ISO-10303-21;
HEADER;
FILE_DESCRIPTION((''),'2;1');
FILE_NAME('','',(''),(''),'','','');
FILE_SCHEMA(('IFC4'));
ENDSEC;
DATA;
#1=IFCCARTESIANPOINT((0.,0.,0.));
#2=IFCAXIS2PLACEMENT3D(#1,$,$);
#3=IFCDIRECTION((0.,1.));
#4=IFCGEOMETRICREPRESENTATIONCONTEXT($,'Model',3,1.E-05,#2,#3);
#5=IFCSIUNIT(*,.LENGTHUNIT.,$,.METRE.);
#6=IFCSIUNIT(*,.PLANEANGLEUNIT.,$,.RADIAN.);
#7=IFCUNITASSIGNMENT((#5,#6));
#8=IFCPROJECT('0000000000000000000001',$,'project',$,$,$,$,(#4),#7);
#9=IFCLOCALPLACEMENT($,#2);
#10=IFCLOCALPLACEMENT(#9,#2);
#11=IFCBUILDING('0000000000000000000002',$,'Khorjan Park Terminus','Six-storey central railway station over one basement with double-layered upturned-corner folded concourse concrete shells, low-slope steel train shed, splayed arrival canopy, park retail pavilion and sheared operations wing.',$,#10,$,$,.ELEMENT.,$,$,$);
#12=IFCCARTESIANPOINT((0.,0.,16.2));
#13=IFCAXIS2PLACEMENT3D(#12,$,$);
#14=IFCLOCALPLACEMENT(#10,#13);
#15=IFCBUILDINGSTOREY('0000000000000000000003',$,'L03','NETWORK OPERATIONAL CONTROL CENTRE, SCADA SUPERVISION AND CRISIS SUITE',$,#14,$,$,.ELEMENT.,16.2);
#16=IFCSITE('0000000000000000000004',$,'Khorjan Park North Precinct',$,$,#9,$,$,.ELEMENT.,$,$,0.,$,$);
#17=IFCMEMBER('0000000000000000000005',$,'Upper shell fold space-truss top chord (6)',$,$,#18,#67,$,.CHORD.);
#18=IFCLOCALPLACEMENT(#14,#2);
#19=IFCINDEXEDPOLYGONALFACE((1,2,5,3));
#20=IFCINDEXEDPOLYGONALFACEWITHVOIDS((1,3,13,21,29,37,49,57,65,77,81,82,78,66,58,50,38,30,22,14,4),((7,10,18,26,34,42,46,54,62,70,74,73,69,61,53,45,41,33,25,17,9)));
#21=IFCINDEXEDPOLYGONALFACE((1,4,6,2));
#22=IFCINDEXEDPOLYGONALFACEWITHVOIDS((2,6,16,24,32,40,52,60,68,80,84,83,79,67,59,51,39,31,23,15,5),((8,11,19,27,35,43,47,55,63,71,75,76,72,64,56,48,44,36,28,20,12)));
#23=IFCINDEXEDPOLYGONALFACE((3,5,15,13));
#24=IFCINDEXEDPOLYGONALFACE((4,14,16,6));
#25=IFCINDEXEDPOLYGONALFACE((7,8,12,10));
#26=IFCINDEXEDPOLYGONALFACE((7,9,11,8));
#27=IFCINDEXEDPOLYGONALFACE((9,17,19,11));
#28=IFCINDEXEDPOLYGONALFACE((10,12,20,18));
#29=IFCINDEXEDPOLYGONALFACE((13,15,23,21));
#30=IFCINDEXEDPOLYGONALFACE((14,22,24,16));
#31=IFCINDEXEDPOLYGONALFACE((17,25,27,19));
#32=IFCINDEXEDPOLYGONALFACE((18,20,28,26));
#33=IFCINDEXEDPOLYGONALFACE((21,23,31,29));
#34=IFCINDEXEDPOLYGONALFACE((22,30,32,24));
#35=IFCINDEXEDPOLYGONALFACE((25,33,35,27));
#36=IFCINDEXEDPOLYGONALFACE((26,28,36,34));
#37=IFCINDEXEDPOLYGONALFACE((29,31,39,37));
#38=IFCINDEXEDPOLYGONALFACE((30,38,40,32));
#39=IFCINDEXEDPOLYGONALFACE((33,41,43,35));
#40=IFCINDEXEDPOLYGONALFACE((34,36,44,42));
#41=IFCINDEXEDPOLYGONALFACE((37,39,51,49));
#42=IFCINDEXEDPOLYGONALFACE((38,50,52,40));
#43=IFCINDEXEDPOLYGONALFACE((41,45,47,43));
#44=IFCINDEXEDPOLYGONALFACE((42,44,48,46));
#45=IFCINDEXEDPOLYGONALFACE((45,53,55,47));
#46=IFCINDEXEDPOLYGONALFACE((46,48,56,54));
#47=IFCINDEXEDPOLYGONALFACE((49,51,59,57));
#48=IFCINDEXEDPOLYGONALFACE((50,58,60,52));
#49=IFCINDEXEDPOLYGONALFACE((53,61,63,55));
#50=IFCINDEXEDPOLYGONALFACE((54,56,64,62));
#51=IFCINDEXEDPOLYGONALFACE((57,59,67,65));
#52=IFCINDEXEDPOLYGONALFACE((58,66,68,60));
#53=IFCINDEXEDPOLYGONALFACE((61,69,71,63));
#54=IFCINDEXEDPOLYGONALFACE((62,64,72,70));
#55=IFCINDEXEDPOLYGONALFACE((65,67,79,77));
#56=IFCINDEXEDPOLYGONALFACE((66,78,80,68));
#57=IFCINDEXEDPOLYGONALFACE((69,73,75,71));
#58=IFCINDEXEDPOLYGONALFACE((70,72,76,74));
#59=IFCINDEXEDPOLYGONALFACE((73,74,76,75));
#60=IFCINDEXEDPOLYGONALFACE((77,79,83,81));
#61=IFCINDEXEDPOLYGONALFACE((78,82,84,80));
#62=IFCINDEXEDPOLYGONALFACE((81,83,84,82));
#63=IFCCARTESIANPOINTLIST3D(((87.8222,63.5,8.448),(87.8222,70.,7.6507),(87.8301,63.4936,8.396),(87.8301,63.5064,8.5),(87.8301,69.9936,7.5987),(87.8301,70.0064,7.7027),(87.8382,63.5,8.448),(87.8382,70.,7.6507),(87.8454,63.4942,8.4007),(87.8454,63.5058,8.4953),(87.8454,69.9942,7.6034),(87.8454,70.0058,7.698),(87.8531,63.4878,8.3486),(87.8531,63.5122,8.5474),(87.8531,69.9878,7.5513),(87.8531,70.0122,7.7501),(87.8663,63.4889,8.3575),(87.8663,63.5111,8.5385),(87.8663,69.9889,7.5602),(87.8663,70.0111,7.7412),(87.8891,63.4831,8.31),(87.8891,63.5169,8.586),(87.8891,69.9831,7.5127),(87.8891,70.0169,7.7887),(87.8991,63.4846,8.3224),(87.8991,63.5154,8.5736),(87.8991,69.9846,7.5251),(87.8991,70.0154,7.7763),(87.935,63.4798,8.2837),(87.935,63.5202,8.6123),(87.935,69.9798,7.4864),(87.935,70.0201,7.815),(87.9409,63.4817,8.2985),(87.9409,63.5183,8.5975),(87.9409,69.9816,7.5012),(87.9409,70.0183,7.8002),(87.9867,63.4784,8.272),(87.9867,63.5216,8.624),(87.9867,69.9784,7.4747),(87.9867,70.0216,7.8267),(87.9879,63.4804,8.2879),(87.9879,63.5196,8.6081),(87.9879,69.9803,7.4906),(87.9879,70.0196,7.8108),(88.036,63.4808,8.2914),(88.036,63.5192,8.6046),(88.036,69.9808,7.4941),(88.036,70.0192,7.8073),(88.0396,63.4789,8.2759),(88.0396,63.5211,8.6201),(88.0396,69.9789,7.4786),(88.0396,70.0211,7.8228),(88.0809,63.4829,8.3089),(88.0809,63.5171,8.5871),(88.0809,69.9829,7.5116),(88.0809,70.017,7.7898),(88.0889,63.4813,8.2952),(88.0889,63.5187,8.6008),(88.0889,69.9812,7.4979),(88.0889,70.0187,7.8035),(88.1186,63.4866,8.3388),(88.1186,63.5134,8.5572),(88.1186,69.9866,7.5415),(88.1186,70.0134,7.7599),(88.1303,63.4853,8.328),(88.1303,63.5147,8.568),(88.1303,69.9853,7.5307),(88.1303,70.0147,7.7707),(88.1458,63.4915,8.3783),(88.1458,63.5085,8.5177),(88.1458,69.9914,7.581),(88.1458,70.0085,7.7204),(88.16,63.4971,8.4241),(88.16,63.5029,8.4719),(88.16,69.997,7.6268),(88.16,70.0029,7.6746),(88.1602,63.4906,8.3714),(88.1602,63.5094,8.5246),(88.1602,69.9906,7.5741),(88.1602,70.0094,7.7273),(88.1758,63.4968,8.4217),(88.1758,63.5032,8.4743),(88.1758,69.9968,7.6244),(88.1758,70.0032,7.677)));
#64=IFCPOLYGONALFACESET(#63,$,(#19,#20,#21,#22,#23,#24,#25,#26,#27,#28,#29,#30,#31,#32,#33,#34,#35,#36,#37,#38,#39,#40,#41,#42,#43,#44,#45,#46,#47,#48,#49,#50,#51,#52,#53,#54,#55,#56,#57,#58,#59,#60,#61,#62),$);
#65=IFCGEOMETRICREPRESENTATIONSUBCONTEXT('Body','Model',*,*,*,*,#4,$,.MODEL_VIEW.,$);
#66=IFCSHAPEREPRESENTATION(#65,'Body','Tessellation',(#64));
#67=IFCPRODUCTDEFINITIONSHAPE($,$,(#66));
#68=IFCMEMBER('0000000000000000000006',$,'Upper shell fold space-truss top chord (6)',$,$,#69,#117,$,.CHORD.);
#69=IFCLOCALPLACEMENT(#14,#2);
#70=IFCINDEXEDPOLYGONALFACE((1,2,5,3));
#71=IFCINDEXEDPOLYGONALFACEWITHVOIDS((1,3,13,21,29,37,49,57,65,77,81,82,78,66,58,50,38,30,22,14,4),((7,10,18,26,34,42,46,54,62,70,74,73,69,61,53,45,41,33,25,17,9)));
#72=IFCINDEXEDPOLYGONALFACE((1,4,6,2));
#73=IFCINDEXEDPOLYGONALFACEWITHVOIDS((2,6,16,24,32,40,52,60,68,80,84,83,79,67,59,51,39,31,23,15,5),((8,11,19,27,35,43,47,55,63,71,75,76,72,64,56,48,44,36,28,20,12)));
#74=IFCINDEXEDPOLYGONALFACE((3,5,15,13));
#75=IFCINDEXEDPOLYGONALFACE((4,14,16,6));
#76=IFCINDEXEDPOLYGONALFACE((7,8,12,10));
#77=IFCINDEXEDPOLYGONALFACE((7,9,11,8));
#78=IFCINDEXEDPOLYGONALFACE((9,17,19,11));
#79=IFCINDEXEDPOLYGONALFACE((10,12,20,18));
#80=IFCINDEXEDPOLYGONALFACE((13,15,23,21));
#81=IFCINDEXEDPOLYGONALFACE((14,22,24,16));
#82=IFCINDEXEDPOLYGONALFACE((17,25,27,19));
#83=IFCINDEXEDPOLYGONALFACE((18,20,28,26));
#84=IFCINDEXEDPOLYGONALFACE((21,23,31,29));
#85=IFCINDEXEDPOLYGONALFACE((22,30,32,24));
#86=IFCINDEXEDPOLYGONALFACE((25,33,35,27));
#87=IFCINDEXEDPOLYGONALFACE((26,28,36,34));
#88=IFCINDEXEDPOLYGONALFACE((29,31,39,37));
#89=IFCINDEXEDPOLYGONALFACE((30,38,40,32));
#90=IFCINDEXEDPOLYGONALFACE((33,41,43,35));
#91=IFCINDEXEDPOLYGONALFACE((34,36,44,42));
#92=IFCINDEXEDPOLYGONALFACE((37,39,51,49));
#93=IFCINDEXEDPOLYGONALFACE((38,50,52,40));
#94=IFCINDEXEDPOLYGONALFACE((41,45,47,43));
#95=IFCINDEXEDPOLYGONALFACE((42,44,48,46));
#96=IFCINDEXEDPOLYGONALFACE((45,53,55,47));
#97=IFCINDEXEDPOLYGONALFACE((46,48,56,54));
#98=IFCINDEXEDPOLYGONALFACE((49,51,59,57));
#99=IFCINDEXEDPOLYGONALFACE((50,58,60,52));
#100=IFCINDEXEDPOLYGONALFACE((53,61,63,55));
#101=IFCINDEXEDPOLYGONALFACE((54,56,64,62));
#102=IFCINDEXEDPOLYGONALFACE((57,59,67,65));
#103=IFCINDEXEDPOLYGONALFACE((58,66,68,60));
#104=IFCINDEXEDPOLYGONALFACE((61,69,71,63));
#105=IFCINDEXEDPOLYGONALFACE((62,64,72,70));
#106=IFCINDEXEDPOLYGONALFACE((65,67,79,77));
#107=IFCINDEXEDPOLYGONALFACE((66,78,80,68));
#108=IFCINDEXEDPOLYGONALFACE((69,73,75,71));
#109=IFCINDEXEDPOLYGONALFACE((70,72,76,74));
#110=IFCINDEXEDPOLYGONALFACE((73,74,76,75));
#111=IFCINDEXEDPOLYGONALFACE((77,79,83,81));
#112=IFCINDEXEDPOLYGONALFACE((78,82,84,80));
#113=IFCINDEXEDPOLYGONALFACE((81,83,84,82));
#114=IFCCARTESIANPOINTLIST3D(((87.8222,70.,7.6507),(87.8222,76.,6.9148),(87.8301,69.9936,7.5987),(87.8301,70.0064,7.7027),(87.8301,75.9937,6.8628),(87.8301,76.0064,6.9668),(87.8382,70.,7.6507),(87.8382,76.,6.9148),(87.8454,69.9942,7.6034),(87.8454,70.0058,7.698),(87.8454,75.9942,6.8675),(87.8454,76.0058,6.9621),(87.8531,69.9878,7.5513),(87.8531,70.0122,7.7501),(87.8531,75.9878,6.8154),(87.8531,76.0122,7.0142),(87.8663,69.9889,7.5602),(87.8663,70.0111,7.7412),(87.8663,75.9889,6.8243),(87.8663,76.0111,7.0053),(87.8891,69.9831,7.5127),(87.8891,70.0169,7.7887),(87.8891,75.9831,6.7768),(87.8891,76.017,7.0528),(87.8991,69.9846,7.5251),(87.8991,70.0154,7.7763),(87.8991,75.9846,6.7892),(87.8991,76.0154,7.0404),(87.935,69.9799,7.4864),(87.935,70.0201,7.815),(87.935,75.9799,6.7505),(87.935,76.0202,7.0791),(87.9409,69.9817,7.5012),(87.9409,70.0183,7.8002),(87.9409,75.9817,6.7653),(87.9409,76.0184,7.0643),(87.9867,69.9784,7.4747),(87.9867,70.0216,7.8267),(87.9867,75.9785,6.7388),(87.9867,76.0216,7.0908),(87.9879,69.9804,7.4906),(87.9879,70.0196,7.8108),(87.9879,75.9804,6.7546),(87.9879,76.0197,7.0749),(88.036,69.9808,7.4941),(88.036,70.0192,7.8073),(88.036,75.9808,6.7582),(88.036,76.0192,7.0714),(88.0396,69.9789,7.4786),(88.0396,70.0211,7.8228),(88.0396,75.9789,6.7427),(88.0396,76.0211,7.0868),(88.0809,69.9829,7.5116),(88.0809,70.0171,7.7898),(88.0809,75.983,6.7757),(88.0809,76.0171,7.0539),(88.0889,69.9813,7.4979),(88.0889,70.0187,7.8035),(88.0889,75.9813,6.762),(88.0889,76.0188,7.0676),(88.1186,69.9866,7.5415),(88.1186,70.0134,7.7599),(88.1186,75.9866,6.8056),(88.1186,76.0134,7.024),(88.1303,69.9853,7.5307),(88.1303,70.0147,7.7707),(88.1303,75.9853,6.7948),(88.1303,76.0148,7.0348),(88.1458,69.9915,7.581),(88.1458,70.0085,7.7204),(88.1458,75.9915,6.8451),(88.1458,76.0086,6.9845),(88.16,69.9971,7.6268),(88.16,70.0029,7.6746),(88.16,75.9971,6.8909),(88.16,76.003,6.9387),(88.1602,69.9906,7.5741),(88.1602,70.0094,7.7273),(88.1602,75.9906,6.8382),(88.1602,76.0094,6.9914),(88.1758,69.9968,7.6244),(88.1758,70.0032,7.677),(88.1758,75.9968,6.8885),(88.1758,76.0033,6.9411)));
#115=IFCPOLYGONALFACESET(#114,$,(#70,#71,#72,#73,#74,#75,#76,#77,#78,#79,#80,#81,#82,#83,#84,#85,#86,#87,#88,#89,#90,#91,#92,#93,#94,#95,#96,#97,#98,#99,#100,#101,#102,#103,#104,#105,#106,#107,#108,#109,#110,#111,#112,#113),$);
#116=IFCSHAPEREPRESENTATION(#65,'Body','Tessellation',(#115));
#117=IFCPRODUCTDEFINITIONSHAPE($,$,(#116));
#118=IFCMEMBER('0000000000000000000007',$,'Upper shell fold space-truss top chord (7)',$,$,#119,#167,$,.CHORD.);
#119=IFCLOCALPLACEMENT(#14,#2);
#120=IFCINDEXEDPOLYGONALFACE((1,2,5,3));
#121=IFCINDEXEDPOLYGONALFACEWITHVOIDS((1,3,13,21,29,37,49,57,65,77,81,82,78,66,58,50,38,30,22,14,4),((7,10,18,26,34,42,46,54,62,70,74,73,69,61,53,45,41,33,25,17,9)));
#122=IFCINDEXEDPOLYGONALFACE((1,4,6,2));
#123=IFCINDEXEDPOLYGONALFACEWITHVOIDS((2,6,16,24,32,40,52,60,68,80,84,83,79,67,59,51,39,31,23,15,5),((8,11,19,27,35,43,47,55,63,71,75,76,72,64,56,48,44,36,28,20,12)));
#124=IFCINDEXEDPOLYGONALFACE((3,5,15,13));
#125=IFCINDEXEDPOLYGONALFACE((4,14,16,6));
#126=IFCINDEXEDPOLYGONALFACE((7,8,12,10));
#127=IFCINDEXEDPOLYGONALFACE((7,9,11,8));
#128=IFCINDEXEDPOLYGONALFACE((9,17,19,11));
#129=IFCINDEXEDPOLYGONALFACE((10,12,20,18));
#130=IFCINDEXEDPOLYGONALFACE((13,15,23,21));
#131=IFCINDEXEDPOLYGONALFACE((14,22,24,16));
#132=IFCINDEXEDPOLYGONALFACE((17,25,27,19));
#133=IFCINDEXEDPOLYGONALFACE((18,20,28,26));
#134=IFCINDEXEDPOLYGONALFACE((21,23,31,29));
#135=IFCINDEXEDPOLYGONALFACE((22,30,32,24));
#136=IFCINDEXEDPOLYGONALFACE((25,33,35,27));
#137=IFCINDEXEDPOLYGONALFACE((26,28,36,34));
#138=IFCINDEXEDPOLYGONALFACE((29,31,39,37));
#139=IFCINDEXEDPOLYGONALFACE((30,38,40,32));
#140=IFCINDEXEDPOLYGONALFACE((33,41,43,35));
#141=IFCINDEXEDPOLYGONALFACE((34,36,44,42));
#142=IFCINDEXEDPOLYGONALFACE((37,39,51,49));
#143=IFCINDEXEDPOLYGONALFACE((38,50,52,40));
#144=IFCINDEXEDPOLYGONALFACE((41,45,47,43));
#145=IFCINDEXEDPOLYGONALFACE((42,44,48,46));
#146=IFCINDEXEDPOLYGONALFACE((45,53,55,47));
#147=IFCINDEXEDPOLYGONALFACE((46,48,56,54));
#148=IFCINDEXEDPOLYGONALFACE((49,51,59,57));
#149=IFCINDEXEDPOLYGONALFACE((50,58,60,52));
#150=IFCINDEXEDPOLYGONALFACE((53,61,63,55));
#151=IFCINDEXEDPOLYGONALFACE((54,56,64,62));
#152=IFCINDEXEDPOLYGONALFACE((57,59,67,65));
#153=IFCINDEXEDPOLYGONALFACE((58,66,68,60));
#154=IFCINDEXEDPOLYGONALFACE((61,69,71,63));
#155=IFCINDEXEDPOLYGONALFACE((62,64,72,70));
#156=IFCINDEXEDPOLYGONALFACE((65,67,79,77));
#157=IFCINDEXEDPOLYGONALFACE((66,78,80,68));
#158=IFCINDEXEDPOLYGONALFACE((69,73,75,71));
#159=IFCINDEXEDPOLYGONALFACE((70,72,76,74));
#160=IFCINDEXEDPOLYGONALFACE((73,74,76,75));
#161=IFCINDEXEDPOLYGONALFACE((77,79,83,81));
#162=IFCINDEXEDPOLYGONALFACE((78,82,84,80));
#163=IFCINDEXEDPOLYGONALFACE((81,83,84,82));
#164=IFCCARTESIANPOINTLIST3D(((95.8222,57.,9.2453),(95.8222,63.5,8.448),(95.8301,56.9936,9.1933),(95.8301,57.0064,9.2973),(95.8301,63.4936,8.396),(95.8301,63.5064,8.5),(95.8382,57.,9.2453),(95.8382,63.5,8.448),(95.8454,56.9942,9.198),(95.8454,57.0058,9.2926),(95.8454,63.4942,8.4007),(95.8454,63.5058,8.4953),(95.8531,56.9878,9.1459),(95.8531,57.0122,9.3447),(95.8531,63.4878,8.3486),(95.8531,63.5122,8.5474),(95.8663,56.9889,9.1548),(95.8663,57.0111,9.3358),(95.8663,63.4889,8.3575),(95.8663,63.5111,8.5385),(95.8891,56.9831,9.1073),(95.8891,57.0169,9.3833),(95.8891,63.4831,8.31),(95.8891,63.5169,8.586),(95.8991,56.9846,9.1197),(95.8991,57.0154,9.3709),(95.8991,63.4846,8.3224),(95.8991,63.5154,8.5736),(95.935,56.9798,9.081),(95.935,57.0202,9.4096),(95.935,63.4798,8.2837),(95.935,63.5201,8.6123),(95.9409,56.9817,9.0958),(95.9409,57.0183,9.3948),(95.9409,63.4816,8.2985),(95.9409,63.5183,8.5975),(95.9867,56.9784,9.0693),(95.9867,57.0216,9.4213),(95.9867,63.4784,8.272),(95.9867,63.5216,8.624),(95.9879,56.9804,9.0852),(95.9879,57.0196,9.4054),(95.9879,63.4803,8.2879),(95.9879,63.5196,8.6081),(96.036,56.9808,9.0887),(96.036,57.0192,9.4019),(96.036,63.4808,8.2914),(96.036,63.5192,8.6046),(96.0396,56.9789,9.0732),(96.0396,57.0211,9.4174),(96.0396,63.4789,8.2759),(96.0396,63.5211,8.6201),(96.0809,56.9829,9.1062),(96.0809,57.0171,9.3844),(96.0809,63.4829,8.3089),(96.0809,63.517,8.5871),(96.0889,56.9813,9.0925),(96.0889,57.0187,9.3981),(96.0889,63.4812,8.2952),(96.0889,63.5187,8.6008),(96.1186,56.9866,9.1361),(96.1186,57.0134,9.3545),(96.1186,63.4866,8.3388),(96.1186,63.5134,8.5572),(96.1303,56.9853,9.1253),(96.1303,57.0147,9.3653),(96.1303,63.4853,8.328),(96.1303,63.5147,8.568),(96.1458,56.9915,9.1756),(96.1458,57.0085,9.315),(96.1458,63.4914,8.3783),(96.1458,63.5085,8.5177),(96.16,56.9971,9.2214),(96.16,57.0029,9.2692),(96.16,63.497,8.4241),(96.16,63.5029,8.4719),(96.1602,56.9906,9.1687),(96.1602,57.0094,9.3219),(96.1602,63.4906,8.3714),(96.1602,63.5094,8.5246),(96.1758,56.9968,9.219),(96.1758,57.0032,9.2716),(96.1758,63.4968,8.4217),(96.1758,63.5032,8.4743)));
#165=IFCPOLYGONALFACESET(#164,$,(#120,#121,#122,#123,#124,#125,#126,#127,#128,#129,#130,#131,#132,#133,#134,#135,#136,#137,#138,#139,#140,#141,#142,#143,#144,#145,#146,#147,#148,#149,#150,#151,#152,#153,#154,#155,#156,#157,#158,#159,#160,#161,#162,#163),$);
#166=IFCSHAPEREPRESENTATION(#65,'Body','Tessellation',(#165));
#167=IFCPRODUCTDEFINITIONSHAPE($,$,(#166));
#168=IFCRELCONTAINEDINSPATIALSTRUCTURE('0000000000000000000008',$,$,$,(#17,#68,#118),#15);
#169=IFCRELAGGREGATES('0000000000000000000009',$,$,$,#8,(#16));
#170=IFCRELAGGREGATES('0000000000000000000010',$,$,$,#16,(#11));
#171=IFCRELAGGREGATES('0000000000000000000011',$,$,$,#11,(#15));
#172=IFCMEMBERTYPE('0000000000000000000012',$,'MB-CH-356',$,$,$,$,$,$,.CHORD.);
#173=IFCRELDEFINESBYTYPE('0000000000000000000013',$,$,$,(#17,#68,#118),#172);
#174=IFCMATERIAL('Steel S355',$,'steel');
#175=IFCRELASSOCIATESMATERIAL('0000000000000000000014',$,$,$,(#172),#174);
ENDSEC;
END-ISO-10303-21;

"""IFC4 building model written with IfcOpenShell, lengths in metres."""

from ifc_helpers import new_model, si_unit, direction, frame, origin, origin_2d, place, context, subcontext, project, spatial, hollow_circle, extrude, material, material_profile, profile_set, type_object, element, save


model = new_model("IFC4")

# Units and contexts
model_context = context("Model", 3, precision=1e-05, world=origin(), true_north=direction((0.0, 1.0)))
body_context = subcontext(model_context, "Body", "Model", "MODEL_VIEW")
ifc_project = project(units=[si_unit("LENGTHUNIT", "METRE"), si_unit("PLANEANGLEUNIT", "RADIAN")], contexts=[model_context])

# Site, building, storey
site_placement = place(None, origin())
site = spatial("IfcSite", under=ifc_project, at=site_placement, Name="Khorjan Park North Precinct", CompositionType="ELEMENT", RefElevation=0.0)
building_placement = place(site_placement, origin())
building = spatial("IfcBuilding", under=site, at=building_placement, Name="Khorjan Park Terminus", Description="Six-storey central railway station over one basement with double-layered upturned-corner folded concourse concrete shells, low-slope steel train shed, splayed arrival canopy, park retail pavilion and sheared operations wing.", CompositionType="ELEMENT")
storey_placement = place(building_placement, frame((0.0, 0.0, 16.2)))
storey = spatial("IfcBuildingStorey", under=building, at=storey_placement, Name="L03", Description="NETWORK OPERATIONAL CONTROL CENTRE, SCADA SUPERVISION AND CRISIS SUITE", CompositionType="ELEMENT", Elevation=16.2)

# Members
ifc_material = material(Name="Steel S355", Category="steel")
ifc_material_profile_1 = material_profile(ifc_material, hollow_circle(Radius=0.1778, WallThickness=0.016, at=origin_2d()), Name="CHS 355.6x16")
ifc_profile_set_1 = profile_set([ifc_material_profile_1], Name="Steel S355")
member_type_1 = type_object("IfcMemberType", Name="MB-CH-356", PredefinedType="CHORD", material=ifc_profile_set_1)
member_1_placement = place(storey_placement, frame((88.0, 63.5, 8.448), z_axis=(0.0, 0.992561, -0.121749), x_axis=(-1.0, 0.0, 0.0)))
element("IfcMember", 1, at=member_1_placement, inside=storey, type_object=member_type_1, Name="Upper shell fold space-truss top chord (6)", PredefinedType="CHORD", context=body_context, shape_type="SweptSolid", body=[
    extrude(hollow_circle(Radius=0.1778, WallThickness=0.016, at=origin_2d()), origin(), (0.0, 0.0, 1.0), 6.5487),
])
member_2_placement = place(storey_placement, frame((88.0, 70.0, 7.6507), z_axis=(0.0, 0.992562, -0.121738), x_axis=(-1.0, 0.0, 0.0)))
element("IfcMember", 2, at=member_2_placement, inside=storey, type_object=member_type_1, Name="Upper shell fold space-truss top chord (6)", PredefinedType="CHORD", context=body_context, shape_type="SweptSolid", body=[
    extrude(hollow_circle(Radius=0.1778, WallThickness=0.016, at=origin_2d()), origin(), (0.0, 0.0, 1.0), 6.045),
])
for number, where, z_axis, x_axis, name in (
    (3, (96.0, 57.0, 9.2453), (0.0, 0.992561, -0.121749), (-1.0, 0.0, 0.0), "Upper shell fold space-truss top chord (7)"),
):
    element("IfcMember", number, at=place(storey_placement, frame(where, z_axis=z_axis, x_axis=x_axis)), inside=storey, type_object=member_type_1, Name=name, PredefinedType="CHORD", context=body_context, shape_type="SweptSolid", body=[
        extrude(hollow_circle(Radius=0.1778, WallThickness=0.016, at=origin_2d()), origin(), (0.0, 0.0, 1.0), 6.5487),
    ])

save(model, "model.ifc")
